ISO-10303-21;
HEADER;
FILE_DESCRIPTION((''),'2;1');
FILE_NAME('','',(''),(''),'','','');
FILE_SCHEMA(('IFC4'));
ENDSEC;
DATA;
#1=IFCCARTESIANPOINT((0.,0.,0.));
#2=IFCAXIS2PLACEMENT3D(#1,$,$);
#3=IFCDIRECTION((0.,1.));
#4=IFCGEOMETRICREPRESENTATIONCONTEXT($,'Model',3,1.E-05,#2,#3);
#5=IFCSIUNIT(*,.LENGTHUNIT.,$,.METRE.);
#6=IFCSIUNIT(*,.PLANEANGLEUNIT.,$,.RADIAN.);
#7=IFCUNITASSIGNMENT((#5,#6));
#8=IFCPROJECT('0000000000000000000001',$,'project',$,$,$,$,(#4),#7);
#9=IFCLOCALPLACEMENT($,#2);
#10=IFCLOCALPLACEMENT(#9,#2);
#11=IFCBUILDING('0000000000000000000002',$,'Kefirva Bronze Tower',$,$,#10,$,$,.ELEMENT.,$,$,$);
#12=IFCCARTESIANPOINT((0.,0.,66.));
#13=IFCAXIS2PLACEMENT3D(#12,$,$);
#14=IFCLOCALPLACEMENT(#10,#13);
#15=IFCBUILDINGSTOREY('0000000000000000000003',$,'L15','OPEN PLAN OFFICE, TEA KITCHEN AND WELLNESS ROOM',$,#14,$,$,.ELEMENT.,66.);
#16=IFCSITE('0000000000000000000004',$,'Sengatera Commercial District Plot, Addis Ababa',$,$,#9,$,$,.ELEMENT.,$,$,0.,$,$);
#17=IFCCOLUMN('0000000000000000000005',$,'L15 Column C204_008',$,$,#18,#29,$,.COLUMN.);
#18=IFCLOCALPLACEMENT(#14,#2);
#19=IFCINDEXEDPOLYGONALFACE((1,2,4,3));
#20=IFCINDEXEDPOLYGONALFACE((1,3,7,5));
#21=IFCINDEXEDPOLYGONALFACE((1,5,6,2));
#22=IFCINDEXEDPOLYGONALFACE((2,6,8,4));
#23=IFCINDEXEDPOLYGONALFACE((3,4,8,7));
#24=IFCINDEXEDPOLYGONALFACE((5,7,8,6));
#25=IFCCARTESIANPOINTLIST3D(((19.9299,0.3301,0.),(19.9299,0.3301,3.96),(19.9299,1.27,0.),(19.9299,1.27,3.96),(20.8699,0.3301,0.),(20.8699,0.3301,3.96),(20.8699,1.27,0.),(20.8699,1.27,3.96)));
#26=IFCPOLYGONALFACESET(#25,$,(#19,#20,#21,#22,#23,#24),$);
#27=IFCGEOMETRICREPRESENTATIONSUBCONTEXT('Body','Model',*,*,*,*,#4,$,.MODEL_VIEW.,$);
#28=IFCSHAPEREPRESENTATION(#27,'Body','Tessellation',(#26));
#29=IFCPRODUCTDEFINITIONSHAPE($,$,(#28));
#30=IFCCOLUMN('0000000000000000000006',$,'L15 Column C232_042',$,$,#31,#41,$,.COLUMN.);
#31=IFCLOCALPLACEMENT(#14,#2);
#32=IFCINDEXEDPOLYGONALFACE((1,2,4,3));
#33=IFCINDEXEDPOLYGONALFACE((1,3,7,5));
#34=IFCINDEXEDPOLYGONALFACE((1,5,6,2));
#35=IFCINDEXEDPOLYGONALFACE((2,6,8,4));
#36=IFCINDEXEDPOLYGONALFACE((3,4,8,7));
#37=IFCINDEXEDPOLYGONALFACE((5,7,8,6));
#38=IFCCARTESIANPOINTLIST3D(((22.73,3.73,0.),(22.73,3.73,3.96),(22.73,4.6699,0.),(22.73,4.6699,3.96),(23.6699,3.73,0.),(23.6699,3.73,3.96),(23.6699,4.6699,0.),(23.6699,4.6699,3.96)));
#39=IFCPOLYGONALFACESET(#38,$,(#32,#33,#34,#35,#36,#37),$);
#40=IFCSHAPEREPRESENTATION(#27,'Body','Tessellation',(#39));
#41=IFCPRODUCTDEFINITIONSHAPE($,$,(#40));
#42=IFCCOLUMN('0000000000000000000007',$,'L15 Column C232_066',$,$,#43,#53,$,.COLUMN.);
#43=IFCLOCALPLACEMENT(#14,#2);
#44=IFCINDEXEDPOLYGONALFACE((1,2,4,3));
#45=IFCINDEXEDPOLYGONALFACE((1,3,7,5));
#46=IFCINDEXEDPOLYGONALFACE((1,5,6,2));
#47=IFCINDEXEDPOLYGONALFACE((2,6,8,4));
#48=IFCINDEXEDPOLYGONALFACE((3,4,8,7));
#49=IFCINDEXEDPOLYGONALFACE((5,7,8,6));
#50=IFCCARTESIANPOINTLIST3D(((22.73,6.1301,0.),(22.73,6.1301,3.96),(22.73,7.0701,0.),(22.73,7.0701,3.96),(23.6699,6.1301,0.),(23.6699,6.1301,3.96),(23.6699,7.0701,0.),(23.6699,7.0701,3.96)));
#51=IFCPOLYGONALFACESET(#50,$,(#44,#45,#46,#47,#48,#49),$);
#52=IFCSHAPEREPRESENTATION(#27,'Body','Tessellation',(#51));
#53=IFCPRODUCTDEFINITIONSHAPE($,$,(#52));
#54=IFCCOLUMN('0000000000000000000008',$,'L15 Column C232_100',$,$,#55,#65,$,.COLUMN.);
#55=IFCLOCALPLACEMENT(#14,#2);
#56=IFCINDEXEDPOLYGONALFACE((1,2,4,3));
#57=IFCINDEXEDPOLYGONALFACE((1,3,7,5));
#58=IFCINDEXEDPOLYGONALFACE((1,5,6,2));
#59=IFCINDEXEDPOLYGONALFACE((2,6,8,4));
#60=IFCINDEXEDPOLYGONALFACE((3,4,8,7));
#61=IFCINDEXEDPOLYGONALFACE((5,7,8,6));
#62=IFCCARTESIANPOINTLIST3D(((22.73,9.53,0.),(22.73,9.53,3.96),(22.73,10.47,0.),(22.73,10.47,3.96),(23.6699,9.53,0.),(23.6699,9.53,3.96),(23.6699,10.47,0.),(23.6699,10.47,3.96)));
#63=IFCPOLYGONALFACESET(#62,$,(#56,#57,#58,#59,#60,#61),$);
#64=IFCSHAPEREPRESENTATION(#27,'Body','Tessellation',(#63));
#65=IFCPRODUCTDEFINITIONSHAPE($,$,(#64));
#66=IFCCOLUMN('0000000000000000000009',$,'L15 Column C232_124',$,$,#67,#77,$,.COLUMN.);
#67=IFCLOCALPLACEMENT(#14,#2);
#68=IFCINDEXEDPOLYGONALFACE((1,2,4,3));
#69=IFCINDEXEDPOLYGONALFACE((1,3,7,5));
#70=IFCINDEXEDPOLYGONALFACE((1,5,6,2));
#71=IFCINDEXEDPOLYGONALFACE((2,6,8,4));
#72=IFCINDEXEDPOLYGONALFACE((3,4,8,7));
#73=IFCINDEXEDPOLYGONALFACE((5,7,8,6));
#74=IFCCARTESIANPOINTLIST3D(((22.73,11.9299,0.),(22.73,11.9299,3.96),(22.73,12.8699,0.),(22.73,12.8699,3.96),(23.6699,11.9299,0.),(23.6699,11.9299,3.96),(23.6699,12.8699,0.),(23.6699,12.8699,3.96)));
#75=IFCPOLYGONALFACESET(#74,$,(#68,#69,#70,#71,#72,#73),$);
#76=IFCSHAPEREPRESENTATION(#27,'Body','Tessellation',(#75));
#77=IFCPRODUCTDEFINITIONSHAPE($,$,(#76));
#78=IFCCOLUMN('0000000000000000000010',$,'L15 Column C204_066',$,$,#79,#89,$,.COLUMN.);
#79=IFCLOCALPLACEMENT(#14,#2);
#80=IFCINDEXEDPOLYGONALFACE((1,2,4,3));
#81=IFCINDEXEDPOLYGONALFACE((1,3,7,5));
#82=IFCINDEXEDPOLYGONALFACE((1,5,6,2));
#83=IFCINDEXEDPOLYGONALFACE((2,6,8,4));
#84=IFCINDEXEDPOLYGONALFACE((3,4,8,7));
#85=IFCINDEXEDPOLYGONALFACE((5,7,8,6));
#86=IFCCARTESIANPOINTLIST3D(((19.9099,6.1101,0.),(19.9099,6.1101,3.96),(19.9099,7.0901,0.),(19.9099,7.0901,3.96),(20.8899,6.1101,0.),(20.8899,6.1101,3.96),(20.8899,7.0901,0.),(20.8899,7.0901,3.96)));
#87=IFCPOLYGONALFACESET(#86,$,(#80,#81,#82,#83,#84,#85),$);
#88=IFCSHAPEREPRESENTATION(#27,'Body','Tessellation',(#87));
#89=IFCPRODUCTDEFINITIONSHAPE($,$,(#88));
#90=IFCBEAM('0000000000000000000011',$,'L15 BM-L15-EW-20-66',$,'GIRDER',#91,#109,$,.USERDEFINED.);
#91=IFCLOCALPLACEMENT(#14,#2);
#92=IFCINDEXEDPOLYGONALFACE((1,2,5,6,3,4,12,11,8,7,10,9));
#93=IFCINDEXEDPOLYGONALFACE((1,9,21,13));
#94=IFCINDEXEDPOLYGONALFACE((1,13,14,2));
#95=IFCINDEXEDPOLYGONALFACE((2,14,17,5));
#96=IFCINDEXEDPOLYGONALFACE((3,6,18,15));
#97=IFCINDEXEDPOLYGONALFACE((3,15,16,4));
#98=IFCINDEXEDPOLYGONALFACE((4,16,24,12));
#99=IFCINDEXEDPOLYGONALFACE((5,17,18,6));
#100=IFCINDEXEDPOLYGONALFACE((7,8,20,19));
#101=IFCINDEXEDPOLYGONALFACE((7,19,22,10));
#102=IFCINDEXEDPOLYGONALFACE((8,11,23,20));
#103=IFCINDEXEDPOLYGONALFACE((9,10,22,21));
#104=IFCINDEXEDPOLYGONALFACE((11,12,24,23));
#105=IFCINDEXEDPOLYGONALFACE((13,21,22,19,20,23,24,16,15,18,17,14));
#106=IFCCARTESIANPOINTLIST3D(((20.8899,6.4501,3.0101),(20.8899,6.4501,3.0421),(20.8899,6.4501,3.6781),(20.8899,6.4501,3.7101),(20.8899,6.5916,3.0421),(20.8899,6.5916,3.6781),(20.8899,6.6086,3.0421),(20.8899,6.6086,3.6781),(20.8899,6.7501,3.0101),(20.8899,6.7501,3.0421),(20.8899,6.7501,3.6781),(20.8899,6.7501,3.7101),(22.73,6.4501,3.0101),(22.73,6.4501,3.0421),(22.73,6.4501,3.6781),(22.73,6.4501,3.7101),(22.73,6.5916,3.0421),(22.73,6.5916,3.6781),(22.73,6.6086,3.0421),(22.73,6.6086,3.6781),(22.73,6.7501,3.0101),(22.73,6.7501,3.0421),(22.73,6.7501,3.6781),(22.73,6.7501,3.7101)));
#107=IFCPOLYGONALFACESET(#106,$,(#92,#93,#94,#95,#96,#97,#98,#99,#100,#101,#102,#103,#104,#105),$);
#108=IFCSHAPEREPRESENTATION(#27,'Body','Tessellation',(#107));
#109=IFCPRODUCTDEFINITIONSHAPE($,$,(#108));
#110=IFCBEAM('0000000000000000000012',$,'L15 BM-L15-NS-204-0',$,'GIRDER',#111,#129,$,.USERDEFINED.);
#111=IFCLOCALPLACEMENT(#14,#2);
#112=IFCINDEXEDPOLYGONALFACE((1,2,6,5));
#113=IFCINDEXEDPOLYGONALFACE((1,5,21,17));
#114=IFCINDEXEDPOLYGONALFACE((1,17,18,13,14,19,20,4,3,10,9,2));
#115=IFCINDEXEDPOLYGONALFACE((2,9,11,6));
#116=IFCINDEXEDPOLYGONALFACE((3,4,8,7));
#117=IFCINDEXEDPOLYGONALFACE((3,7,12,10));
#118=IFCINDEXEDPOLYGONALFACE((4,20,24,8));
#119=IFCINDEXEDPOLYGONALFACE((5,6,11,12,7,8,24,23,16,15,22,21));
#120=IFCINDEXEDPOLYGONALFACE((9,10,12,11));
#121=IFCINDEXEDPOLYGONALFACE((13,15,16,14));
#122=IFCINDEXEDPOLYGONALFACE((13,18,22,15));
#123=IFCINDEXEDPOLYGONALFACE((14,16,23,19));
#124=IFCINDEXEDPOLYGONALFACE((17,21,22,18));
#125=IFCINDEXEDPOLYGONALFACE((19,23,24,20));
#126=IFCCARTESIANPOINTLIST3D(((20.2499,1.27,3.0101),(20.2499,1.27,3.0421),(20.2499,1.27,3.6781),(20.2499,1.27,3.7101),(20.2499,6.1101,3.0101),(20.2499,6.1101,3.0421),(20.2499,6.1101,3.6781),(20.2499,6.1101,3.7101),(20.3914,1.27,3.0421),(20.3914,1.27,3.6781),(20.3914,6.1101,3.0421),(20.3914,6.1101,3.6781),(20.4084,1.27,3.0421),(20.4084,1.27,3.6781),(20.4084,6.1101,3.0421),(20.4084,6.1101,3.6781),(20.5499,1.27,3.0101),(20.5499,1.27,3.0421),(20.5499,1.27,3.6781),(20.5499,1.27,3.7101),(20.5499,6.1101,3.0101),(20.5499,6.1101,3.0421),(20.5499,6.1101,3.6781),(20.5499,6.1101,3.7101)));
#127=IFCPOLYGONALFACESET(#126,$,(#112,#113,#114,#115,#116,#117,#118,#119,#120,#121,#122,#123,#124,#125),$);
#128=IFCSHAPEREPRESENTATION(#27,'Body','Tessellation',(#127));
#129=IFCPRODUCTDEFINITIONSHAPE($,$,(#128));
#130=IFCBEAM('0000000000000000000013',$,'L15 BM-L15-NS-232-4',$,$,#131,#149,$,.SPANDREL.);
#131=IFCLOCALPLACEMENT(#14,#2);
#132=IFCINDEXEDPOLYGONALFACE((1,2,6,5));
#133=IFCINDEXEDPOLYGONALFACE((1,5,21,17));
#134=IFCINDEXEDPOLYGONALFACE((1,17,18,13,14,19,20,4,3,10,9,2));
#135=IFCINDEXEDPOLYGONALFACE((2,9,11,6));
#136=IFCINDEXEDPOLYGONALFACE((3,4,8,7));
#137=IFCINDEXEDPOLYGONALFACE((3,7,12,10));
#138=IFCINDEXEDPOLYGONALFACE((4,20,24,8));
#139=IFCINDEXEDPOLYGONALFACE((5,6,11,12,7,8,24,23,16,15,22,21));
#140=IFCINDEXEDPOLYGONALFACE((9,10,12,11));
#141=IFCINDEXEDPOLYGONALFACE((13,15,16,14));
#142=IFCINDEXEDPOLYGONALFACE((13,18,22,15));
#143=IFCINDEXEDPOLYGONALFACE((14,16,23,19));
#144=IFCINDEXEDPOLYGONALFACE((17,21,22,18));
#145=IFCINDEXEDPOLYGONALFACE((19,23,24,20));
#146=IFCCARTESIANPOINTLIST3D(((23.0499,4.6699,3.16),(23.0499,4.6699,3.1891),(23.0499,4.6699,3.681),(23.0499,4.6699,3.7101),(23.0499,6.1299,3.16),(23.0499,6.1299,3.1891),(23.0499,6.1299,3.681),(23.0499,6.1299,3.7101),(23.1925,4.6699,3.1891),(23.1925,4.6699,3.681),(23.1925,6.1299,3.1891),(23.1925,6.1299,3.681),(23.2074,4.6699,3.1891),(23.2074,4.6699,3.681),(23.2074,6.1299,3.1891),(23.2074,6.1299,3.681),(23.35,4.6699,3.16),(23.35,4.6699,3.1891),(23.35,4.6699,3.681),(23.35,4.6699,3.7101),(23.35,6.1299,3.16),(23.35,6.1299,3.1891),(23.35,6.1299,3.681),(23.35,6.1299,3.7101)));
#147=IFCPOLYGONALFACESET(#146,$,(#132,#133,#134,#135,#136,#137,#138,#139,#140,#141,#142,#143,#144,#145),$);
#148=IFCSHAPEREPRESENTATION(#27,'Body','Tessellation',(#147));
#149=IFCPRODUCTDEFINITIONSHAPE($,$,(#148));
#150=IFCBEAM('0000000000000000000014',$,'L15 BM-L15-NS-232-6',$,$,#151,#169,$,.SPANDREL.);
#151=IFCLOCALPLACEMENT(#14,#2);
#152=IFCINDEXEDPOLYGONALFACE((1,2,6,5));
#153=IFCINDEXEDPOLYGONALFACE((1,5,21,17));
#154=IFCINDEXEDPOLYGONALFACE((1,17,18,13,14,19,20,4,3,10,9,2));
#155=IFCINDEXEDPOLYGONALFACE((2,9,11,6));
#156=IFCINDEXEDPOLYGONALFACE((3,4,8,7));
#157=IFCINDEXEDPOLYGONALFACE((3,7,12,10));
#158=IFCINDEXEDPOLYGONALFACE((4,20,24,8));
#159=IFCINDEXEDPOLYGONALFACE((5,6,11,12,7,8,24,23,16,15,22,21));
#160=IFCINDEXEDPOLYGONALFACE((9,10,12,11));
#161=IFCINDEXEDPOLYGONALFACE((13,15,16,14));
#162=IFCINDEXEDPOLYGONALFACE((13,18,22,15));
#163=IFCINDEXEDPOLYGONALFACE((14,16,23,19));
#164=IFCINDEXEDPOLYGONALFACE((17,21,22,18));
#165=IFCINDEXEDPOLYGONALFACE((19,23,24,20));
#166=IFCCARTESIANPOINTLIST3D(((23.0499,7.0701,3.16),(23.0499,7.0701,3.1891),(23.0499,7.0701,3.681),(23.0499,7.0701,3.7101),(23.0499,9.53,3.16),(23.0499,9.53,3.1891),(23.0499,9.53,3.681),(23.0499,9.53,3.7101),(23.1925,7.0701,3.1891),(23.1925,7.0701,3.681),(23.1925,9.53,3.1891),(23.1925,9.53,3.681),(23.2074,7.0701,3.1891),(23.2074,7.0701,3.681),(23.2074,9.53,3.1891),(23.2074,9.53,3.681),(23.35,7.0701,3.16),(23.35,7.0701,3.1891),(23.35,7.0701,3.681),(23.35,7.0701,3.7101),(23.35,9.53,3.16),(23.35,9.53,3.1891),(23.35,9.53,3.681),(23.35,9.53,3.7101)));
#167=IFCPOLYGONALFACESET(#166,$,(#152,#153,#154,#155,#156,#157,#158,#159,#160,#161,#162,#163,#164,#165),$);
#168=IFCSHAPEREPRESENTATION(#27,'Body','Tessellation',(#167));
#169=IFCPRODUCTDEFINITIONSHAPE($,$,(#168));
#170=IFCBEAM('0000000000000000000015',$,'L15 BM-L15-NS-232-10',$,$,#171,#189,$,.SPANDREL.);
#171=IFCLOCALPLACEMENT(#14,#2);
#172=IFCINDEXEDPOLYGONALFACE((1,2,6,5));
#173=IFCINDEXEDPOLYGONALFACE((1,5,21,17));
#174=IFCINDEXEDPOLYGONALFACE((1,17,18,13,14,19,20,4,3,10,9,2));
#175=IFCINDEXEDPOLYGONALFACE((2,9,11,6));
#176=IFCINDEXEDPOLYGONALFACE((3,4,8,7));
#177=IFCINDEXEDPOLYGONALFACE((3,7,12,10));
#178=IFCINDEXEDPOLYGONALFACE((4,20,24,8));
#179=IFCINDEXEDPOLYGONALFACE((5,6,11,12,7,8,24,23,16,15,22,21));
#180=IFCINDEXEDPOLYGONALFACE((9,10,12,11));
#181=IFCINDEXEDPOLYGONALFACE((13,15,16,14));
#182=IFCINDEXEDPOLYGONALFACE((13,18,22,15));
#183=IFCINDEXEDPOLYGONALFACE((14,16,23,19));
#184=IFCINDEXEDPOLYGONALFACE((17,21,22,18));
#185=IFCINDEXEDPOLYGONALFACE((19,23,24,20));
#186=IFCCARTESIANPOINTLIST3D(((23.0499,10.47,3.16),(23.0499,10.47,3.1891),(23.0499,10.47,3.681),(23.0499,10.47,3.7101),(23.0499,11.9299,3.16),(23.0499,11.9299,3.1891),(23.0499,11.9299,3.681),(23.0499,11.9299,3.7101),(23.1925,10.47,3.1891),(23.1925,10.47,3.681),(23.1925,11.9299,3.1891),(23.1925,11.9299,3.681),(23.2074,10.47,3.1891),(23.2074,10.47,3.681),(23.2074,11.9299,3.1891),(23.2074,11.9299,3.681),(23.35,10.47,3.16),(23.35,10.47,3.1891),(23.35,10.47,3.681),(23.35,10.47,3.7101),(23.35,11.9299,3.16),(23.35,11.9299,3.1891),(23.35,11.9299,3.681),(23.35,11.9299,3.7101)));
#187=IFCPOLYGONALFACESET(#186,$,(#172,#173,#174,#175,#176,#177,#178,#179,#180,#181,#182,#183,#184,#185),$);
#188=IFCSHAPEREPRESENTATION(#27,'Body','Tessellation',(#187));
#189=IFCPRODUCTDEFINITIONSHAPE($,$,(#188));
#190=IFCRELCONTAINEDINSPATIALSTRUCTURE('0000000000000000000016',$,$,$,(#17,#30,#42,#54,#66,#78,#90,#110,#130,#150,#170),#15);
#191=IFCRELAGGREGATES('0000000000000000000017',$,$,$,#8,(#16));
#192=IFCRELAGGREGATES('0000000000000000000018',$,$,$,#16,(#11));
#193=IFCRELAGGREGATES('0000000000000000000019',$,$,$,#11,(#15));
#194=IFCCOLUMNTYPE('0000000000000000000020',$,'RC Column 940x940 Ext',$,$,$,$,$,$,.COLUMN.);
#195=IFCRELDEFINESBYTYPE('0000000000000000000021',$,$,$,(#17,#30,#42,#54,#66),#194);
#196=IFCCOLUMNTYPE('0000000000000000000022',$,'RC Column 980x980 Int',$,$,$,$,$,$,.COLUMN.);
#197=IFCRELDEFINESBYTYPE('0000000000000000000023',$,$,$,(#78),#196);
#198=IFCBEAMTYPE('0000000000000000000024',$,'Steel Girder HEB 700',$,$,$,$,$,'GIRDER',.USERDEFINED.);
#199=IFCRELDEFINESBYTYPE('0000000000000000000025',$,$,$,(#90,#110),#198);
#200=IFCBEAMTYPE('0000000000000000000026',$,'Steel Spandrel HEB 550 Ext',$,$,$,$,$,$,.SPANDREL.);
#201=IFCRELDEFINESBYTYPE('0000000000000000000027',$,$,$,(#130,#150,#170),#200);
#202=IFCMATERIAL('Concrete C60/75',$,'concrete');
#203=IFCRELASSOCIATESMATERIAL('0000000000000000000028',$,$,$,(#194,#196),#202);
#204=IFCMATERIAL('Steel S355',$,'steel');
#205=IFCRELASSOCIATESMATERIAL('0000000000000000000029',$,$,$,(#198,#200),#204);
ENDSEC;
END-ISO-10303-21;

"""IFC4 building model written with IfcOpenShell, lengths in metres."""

from ifc_helpers import new_model, si_unit, direction, frame, origin, origin_2d, place, context, subcontext, project, spatial, rectangle, i_section, extrude, material, material_profile, profile_set, type_object, element, save


model = new_model("IFC4")

# Units and contexts
model_context = context("Model", 3, precision=1e-05, world=origin(), true_north=direction((0.0, 1.0)))
body_context = subcontext(model_context, "Body", "Model", "MODEL_VIEW")
ifc_project = project(units=[si_unit("LENGTHUNIT", "METRE"), si_unit("PLANEANGLEUNIT", "RADIAN")], contexts=[model_context])

# Site, building, storey
site_placement = place(None, origin())
site = spatial("IfcSite", under=ifc_project, at=site_placement, Name="Sengatera Commercial District Plot, Addis Ababa", CompositionType="ELEMENT", RefElevation=0.0)
building_placement = place(site_placement, origin())
building = spatial("IfcBuilding", under=site, at=building_placement, Name="Kefirva Bronze Tower", CompositionType="ELEMENT")
storey_placement = place(building_placement, frame((0.0, 0.0, 66.0)))
storey = spatial("IfcBuildingStorey", under=building, at=storey_placement, Name="L15", Description="OPEN PLAN OFFICE, TEA KITCHEN AND WELLNESS ROOM", CompositionType="ELEMENT", Elevation=66.0)

# Columns
ifc_material_1 = material(Name="Concrete C60/75", Category="concrete")
ifc_material_profile_1 = material_profile(ifc_material_1, rectangle(XDim=0.9399, YDim=0.9399, at=origin_2d()), Name="RC 940x940")
ifc_profile_set_1 = profile_set([ifc_material_profile_1], Name="Concrete C60/75")
column_type_1 = type_object("IfcColumnType", Name="RC Column 940x940 Ext", PredefinedType="COLUMN", material=ifc_profile_set_1)
for number, where, z_axis, x_axis, name in (
    (1, (20.3999, 0.8, 0.0), (0.0, 0.0, 1.0), (1.0, 0.0, 0.0), "L15 Column C204_008"),
    (2, (23.2, 4.2, 0.0), (0.0, 0.0, 1.0), (1.0, 0.0, 0.0), "L15 Column C232_042"),
    (3, (23.2, 6.6001, 0.0), (0.0, 0.0, 1.0), (1.0, 0.0, 0.0), "L15 Column C232_066"),
    (4, (23.2, 10.0, 0.0), (0.0, 0.0, 1.0), (1.0, 0.0, 0.0), "L15 Column C232_100"),
    (5, (23.2, 12.3999, 0.0), (0.0, 0.0, 1.0), (1.0, 0.0, 0.0), "L15 Column C232_124"),
):
    element("IfcColumn", number, at=place(storey_placement, frame(where, z_axis=z_axis, x_axis=x_axis)), inside=storey, type_object=column_type_1, Name=name, PredefinedType="COLUMN", context=body_context, shape_type="SweptSolid", body=[
        extrude(rectangle(XDim=0.9399, YDim=0.9399, at=origin_2d()), origin(), (0.0, 0.0, 1.0), 3.96),
    ])
ifc_material_profile_2 = material_profile(ifc_material_1, rectangle(XDim=0.98, YDim=0.98, at=origin_2d()), Name="RC 980x980")
ifc_profile_set_2 = profile_set([ifc_material_profile_2], Name="Concrete C60/75")
column_type_2 = type_object("IfcColumnType", Name="RC Column 980x980 Int", PredefinedType="COLUMN", material=ifc_profile_set_2)
column_placement = place(storey_placement, frame((20.3999, 6.6001, 0.0), z_axis=(0.0, 0.0, 1.0), x_axis=(1.0, 0.0, 0.0)))
element("IfcColumn", 6, at=column_placement, inside=storey, type_object=column_type_2, Name="L15 Column C204_066", PredefinedType="COLUMN", context=body_context, shape_type="SweptSolid", body=[
    extrude(rectangle(XDim=0.98, YDim=0.98, at=origin_2d()), origin(), (0.0, 0.0, 1.0), 3.96),
])

# Beams
ifc_material_2 = material(Name="Steel S355", Category="steel")
ifc_material_profile_3 = material_profile(ifc_material_2, i_section(OverallWidth=0.3, OverallDepth=0.7, WebThickness=0.0171, FlangeThickness=0.032, at=origin_2d()), Name="HEB 700")
ifc_profile_set_3 = profile_set([ifc_material_profile_3], Name="Steel S355")
beam_type_1 = type_object("IfcBeamType", Name="Steel Girder HEB 700", ElementType="GIRDER", PredefinedType="USERDEFINED", material=ifc_profile_set_3)
beam_1_placement = place(storey_placement, frame((20.8899, 6.6001, 3.3601), z_axis=(1.0, 0.0, 0.0), x_axis=(0.0, 1.0, 0.0)))
element("IfcBeam", 7, at=beam_1_placement, inside=storey, type_object=beam_type_1, Name="L15 BM-L15-EW-20-66", ObjectType="GIRDER", PredefinedType="USERDEFINED", context=body_context, shape_type="SweptSolid", body=[
    extrude(i_section(OverallWidth=0.3, OverallDepth=0.7, WebThickness=0.0171, FlangeThickness=0.032, at=origin_2d()), origin(), (0.0, 0.0, 1.0), 1.8401),
])
beam_2_placement = place(storey_placement, frame((20.3999, 1.27, 3.3601), z_axis=(0.0, 1.0, 0.0), x_axis=(-1.0, 0.0, 0.0)))
element("IfcBeam", 8, at=beam_2_placement, inside=storey, type_object=beam_type_1, Name="L15 BM-L15-NS-204-0", ObjectType="GIRDER", PredefinedType="USERDEFINED", context=body_context, shape_type="SweptSolid", body=[
    extrude(i_section(OverallWidth=0.3, OverallDepth=0.7, WebThickness=0.0171, FlangeThickness=0.032, at=origin_2d()), origin(), (0.0, 0.0, 1.0), 4.8401),
])
ifc_material_profile_4 = material_profile(ifc_material_2, i_section(OverallWidth=0.3, OverallDepth=0.55, WebThickness=0.0149, FlangeThickness=0.0291, at=origin_2d()), Name="HEB 550")
ifc_profile_set_4 = profile_set([ifc_material_profile_4], Name="Steel S355")
beam_type_2 = type_object("IfcBeamType", Name="Steel Spandrel HEB 550 Ext", PredefinedType="SPANDREL", material=ifc_profile_set_4)
beam_3_placement = place(storey_placement, frame((23.2, 4.6699, 3.4351), z_axis=(0.0, 1.0, 0.0), x_axis=(-1.0, 0.0, 0.0)))
element("IfcBeam", 9, at=beam_3_placement, inside=storey, type_object=beam_type_2, Name="L15 BM-L15-NS-232-4", PredefinedType="SPANDREL", context=body_context, shape_type="SweptSolid", body=[
    extrude(i_section(OverallWidth=0.3, OverallDepth=0.55, WebThickness=0.0149, FlangeThickness=0.0291, at=origin_2d()), origin(), (0.0, 0.0, 1.0), 1.46),
])
beam_4_placement = place(storey_placement, frame((23.2, 7.0701, 3.4351), z_axis=(0.0, 1.0, 0.0), x_axis=(-1.0, 0.0, 0.0)))
element("IfcBeam", 10, at=beam_4_placement, inside=storey, type_object=beam_type_2, Name="L15 BM-L15-NS-232-6", PredefinedType="SPANDREL", context=body_context, shape_type="SweptSolid", body=[
    extrude(i_section(OverallWidth=0.3, OverallDepth=0.55, WebThickness=0.0149, FlangeThickness=0.0291, at=origin_2d()), origin(), (0.0, 0.0, 1.0), 2.46),
])
beam_5_placement = place(storey_placement, frame((23.2, 10.47, 3.4351), z_axis=(0.0, 1.0, 0.0), x_axis=(-1.0, 0.0, 0.0)))
element("IfcBeam", 11, at=beam_5_placement, inside=storey, type_object=beam_type_2, Name="L15 BM-L15-NS-232-10", PredefinedType="SPANDREL", context=body_context, shape_type="SweptSolid", body=[
    extrude(i_section(OverallWidth=0.3, OverallDepth=0.55, WebThickness=0.0149, FlangeThickness=0.0291, at=origin_2d()), origin(), (0.0, 0.0, 1.0), 1.46),
])

save(model, "model.ifc")
